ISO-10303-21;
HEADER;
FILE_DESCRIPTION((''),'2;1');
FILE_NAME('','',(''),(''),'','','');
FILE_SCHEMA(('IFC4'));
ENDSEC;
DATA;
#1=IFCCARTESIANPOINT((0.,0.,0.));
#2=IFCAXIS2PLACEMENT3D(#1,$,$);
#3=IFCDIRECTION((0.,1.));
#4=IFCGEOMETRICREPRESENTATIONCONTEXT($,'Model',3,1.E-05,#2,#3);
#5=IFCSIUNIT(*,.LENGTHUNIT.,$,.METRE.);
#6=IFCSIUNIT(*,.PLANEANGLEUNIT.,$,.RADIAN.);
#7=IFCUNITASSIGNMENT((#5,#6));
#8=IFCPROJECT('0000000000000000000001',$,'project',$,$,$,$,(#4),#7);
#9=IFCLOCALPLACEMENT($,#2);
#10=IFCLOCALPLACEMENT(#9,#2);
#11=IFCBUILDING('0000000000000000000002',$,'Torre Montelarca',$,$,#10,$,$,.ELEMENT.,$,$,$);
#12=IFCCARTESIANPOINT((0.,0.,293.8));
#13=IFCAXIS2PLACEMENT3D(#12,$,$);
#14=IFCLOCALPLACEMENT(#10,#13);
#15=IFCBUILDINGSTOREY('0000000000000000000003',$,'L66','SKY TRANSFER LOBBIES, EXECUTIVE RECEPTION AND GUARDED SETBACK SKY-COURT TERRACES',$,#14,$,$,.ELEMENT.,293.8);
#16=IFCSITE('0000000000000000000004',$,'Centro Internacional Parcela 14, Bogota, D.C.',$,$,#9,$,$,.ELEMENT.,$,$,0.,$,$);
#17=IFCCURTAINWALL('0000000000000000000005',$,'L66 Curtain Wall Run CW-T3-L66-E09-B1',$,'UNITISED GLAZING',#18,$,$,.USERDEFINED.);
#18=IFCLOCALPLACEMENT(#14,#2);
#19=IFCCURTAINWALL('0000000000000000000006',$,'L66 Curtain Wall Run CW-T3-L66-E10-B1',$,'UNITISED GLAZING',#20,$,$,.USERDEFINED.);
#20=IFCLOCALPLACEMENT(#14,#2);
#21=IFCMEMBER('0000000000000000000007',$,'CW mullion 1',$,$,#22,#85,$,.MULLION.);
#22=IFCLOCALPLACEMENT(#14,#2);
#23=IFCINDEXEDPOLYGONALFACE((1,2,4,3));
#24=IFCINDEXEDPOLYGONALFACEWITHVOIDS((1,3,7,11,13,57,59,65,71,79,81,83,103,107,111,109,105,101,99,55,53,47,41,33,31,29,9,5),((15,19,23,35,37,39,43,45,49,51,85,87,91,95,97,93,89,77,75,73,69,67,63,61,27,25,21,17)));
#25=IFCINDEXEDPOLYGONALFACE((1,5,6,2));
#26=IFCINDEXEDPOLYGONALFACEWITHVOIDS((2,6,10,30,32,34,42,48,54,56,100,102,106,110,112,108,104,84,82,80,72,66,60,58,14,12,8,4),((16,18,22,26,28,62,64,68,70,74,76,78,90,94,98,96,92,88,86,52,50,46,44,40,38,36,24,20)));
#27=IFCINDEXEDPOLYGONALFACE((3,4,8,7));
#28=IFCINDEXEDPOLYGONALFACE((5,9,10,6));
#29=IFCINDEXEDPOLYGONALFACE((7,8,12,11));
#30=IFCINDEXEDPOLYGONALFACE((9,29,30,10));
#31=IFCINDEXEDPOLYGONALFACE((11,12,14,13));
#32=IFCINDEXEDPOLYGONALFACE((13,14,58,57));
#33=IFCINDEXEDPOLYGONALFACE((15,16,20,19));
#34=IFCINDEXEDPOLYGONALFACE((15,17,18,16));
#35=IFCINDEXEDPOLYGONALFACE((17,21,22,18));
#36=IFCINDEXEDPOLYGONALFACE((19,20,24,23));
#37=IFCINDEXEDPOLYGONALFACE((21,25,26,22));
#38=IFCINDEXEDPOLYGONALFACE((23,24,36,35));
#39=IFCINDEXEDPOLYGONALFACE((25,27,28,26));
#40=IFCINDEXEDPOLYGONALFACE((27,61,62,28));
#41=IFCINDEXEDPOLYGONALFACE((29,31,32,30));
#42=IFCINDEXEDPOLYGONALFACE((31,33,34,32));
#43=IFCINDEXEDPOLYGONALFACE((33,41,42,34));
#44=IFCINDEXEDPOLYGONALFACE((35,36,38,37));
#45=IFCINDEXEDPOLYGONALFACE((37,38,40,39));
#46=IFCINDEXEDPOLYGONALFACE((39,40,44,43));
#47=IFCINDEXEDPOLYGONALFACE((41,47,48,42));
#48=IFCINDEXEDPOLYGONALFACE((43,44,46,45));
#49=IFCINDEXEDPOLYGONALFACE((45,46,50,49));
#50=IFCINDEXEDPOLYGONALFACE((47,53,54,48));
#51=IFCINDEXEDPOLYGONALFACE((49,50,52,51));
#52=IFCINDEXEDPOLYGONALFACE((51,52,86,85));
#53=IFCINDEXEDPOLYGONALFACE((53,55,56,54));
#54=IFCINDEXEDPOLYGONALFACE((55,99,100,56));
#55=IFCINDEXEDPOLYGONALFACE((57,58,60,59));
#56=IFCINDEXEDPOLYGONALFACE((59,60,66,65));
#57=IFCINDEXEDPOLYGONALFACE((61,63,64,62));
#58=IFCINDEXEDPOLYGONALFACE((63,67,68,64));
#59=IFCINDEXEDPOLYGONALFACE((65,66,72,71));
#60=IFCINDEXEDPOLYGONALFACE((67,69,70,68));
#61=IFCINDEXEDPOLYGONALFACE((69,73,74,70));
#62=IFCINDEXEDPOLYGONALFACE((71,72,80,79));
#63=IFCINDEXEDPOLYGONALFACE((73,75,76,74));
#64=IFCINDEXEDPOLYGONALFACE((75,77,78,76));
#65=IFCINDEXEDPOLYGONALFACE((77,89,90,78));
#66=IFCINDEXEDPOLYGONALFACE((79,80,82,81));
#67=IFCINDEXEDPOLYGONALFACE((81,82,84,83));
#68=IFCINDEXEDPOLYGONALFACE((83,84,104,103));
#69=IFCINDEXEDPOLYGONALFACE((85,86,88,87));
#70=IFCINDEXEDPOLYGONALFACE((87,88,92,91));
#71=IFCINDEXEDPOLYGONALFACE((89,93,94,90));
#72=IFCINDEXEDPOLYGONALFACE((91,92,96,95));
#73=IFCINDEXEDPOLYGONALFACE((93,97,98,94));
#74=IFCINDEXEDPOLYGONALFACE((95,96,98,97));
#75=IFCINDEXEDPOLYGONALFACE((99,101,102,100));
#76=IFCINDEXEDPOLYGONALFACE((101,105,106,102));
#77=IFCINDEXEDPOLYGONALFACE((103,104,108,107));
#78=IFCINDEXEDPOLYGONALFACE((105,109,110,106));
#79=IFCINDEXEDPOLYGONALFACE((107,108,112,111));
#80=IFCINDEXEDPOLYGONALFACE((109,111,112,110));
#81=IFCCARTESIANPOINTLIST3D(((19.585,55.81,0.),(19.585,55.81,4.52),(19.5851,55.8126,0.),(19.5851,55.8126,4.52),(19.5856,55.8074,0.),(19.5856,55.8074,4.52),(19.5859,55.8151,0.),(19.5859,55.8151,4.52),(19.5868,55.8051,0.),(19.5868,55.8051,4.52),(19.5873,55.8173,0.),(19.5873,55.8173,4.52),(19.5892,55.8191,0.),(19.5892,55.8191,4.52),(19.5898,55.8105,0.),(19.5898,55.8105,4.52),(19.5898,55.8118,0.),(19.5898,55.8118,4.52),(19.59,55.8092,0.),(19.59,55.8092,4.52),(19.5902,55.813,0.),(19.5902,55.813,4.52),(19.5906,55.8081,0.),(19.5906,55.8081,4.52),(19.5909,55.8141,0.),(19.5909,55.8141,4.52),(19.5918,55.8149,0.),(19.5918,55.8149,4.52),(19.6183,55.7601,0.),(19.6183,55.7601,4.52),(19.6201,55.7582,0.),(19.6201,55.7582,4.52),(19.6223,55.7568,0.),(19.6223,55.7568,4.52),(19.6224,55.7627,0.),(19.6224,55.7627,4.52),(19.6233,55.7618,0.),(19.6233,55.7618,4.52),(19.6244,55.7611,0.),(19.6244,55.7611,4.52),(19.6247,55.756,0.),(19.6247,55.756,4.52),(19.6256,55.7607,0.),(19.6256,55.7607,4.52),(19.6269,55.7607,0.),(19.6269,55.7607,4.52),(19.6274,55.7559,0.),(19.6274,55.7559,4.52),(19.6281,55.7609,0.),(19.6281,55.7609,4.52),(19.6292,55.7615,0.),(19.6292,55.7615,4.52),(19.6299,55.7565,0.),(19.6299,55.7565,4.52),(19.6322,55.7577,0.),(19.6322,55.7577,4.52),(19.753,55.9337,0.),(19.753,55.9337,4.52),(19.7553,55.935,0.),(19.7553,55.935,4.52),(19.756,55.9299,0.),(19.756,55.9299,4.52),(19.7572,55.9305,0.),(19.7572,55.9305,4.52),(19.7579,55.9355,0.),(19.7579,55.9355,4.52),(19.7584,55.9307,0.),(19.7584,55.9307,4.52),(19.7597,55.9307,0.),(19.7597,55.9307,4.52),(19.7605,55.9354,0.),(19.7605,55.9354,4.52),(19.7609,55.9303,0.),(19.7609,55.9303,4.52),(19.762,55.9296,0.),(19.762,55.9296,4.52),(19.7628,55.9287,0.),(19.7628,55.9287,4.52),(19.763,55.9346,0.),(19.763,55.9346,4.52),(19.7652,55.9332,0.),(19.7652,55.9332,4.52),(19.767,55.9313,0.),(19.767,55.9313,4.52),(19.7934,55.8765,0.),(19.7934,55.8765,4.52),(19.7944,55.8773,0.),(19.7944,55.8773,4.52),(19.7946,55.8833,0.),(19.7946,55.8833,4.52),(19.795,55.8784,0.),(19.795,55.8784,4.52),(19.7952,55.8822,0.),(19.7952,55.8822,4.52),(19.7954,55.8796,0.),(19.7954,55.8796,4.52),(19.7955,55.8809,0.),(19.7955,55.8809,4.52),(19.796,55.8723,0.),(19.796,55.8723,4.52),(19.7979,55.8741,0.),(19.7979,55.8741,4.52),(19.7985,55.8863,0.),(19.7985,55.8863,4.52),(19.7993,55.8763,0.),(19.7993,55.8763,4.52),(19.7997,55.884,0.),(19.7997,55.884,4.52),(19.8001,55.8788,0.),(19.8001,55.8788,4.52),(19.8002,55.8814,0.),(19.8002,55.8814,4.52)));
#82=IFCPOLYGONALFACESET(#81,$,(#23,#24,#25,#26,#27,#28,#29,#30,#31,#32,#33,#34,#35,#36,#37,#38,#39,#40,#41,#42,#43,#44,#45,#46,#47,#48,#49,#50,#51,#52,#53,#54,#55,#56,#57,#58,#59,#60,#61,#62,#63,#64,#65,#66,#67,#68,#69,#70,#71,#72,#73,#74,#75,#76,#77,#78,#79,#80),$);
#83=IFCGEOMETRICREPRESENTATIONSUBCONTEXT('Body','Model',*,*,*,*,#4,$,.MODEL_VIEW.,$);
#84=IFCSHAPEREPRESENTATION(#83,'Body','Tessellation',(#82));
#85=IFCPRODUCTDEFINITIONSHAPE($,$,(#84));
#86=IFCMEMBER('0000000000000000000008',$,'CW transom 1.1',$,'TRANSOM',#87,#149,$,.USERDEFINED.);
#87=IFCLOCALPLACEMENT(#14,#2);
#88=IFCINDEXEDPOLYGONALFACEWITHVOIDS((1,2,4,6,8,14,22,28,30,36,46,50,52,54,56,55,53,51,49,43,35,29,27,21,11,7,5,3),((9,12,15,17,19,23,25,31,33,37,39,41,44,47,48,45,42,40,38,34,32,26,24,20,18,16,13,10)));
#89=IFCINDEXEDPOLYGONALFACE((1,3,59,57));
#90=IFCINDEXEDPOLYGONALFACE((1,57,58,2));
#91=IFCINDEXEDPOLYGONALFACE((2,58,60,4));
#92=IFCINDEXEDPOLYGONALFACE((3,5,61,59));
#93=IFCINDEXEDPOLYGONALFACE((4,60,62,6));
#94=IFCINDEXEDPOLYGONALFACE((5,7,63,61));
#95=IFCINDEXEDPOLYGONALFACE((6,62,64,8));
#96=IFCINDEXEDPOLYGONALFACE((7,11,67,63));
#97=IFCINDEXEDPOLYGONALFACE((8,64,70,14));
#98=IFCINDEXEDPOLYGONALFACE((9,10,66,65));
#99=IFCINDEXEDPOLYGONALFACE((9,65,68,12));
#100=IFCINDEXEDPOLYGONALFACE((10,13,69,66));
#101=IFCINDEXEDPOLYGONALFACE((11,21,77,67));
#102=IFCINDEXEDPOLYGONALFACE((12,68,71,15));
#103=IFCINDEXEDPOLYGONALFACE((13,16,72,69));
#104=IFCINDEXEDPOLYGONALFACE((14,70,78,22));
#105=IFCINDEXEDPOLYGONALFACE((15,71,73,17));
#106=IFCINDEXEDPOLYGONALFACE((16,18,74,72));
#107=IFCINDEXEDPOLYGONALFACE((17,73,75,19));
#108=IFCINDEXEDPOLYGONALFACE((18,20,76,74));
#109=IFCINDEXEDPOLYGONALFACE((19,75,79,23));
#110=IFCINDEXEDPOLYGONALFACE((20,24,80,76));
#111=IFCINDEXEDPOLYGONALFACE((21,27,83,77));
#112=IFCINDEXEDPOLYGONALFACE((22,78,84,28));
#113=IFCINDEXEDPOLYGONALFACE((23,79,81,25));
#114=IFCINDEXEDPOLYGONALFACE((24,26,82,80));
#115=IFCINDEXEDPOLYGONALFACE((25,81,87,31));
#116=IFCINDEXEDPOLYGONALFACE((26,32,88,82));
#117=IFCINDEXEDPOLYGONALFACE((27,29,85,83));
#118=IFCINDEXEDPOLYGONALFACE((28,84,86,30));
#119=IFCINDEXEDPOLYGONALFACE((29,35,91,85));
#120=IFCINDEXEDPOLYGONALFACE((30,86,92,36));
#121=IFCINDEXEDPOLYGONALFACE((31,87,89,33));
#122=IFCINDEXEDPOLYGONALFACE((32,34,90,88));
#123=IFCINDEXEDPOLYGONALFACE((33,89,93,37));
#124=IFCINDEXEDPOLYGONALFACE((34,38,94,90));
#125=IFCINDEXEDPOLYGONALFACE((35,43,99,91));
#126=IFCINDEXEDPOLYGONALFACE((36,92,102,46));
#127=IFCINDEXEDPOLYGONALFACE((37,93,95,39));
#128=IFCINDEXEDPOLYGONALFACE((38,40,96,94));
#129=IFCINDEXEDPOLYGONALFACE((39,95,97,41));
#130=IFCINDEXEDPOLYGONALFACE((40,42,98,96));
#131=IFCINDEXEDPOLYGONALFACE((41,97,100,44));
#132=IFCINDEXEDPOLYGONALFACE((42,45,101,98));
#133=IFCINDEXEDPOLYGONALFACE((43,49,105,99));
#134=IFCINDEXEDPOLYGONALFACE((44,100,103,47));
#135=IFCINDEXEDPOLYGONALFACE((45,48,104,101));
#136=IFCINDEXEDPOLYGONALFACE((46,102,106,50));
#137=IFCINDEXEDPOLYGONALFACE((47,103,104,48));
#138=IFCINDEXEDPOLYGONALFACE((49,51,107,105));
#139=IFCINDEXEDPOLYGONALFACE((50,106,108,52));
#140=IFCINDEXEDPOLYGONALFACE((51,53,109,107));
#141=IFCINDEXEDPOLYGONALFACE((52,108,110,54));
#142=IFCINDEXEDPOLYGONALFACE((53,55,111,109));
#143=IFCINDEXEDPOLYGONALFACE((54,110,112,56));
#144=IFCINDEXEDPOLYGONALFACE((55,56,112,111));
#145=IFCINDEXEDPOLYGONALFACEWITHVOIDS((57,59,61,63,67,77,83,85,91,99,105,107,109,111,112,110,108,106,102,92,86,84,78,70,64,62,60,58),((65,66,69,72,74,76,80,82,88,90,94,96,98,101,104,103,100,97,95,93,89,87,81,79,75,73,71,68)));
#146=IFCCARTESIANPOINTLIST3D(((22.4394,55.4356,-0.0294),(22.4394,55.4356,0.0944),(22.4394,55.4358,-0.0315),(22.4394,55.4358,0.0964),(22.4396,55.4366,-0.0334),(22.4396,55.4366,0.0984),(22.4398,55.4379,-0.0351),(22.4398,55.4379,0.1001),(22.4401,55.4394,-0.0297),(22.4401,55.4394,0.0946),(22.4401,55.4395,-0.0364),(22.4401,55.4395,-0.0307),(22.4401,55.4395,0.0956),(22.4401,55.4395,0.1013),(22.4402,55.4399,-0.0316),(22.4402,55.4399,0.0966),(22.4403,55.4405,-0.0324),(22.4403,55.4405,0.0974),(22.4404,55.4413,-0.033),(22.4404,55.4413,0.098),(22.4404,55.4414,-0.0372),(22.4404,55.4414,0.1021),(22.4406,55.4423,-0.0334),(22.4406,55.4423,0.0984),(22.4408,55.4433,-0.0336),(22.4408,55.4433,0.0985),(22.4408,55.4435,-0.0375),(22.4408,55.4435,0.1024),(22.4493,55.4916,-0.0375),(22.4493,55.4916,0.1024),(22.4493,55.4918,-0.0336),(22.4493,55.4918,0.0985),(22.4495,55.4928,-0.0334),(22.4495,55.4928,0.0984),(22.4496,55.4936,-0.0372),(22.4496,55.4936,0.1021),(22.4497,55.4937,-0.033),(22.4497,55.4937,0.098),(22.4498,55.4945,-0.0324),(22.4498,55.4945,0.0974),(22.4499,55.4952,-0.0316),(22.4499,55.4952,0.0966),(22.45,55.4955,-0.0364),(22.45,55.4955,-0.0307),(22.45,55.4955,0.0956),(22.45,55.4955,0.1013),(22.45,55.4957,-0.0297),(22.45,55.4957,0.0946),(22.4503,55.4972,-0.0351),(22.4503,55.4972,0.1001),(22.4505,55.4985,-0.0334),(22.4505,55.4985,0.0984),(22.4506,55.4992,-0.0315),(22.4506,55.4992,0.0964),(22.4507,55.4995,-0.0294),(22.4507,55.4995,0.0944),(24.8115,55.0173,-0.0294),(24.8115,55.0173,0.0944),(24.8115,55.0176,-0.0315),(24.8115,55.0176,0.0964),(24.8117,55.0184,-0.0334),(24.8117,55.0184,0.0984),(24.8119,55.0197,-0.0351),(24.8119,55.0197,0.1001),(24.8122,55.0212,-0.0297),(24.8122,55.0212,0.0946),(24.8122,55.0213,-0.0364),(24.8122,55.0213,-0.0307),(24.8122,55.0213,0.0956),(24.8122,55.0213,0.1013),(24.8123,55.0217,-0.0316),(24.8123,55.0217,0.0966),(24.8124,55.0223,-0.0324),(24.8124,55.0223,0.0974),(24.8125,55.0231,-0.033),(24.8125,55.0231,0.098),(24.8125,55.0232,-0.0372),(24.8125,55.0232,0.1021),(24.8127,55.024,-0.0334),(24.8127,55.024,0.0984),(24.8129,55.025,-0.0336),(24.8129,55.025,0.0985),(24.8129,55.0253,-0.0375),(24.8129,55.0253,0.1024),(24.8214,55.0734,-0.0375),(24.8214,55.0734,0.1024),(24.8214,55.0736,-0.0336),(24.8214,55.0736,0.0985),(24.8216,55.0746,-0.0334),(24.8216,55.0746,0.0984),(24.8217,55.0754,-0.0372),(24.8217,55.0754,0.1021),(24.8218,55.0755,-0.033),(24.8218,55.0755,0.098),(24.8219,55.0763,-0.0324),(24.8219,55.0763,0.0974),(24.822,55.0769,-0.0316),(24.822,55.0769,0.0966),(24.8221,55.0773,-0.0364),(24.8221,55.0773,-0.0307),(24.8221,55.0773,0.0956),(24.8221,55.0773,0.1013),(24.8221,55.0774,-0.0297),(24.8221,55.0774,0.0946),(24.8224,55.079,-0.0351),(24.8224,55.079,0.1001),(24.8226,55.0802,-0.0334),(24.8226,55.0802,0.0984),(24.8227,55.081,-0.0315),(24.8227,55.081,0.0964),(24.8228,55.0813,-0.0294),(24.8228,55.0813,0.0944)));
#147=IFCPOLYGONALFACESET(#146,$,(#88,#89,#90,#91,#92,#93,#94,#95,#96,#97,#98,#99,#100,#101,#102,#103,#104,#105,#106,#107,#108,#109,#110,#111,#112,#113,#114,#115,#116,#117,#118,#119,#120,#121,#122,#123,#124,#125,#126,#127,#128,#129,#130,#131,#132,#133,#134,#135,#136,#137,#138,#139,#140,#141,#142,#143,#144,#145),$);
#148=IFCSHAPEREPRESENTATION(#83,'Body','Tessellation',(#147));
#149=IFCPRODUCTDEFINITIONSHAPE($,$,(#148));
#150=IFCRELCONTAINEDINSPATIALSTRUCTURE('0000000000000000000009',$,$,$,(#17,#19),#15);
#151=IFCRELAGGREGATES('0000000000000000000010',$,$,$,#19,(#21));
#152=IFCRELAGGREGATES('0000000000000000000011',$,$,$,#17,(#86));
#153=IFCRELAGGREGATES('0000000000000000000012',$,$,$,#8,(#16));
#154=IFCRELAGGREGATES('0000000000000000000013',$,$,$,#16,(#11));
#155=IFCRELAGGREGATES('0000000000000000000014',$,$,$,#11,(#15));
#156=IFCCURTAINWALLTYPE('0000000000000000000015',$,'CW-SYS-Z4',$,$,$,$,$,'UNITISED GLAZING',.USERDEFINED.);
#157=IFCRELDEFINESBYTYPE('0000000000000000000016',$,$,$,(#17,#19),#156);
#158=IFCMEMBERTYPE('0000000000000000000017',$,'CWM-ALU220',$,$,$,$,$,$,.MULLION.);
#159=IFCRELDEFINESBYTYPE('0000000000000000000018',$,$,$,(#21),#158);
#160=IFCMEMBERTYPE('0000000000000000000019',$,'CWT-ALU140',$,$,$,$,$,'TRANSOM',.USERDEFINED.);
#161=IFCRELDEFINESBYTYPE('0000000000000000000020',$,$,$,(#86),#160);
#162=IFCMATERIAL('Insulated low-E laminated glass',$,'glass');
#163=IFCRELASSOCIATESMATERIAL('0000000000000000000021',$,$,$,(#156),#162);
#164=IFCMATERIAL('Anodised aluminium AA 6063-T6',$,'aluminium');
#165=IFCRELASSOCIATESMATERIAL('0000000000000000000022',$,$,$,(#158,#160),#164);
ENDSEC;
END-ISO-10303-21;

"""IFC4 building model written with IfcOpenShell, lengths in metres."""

from ifc_helpers import new_model, si_unit, direction, frame, origin, origin_2d, place, context, subcontext, project, spatial, hollow_rectangle, extrude, source, transform, mapped, material, material_profile, profile_set, type_object, element, aggregate, save


model = new_model("IFC4")

# Units and contexts
model_context = context("Model", 3, precision=1e-05, world=origin(), true_north=direction((0.0, 1.0)))
body_context = subcontext(model_context, "Body", "Model", "MODEL_VIEW")
ifc_project = project(units=[si_unit("LENGTHUNIT", "METRE"), si_unit("PLANEANGLEUNIT", "RADIAN")], contexts=[model_context])

# Site, building, storey
site_placement = place(None, origin())
site = spatial("IfcSite", under=ifc_project, at=site_placement, Name="Centro Internacional Parcela 14, Bogota, D.C.", CompositionType="ELEMENT", RefElevation=0.0)
building_placement = place(site_placement, origin())
building = spatial("IfcBuilding", under=site, at=building_placement, Name="Torre Montelarca", CompositionType="ELEMENT")
storey_placement = place(building_placement, frame((0.0, 0.0, 293.8)))
storey = spatial("IfcBuildingStorey", under=building, at=storey_placement, Name="L66", Description="SKY TRANSFER LOBBIES, EXECUTIVE RECEPTION AND GUARDED SETBACK SKY-COURT TERRACES", CompositionType="ELEMENT", Elevation=293.8)

# Curtain wall
ifc_material_1 = material(Name="Insulated low-E laminated glass", Category="glass")
curtain_wall_type = type_object("IfcCurtainWallType", Name="CW-SYS-Z4", ElementType="UNITISED GLAZING", PredefinedType="USERDEFINED", material=ifc_material_1)
ifc_material_2 = material(Name="Anodised aluminium AA 6063-T6", Category="aluminium")
ifc_material_profile_1 = material_profile(ifc_material_2, hollow_rectangle(XDim=0.075, YDim=0.22, WallThickness=0.0049, InnerFilletRadius=0.0049, OuterFilletRadius=0.01, at=origin_2d()), Name="ALU75X220X5", Category="aluminium")
ifc_profile_set_1 = profile_set([ifc_material_profile_1], Name="Anodised aluminium AA 6063-T6")
member_type_1 = type_object("IfcMemberType", Name="CWM-ALU220", PredefinedType="MULLION", material=ifc_profile_set_1)
shared_shape_1 = source(origin(), body_context, "Body", "SweptSolid", [
    extrude(hollow_rectangle(XDim=0.075, YDim=0.22, WallThickness=0.0049, InnerFilletRadius=0.0049, OuterFilletRadius=0.01, at=origin_2d()), origin(), (0.0, 0.0, 1.0), 4.52),
])
curtain_wall_1_placement = place(storey_placement, origin())
curtain_wall_1 = element("IfcCurtainWall", 1, at=curtain_wall_1_placement, inside=storey, type_object=curtain_wall_type, Name="L66 Curtain Wall Run CW-T3-L66-E09-B1", ObjectType="UNITISED GLAZING", PredefinedType="USERDEFINED")

# Curtain wall, member
curtain_wall_2_placement = place(storey_placement, origin())
curtain_wall_2 = element("IfcCurtainWall", 2, at=curtain_wall_2_placement, inside=storey, type_object=curtain_wall_type, Name="L66 Curtain Wall Run CW-T3-L66-E10-B1", ObjectType="UNITISED GLAZING", PredefinedType="USERDEFINED")
member_1_placement = place(storey_placement, frame((19.6926, 55.8457, 0.0), z_axis=(0.0, 0.0, 1.0), x_axis=(0.573572, -0.819155, 0.0)))
member_1 = element("IfcMember", 3, at=member_1_placement, type_object=member_type_1, Name="CW mullion 1", PredefinedType="MULLION", context=body_context, shape_type="MappedRepresentation", body=[
    mapped(shared_shape_1, transform((0.0, 0.0, 0.0), scale=1.0)),
])

# Member
ifc_material_profile_2 = material_profile(ifc_material_2, hollow_rectangle(XDim=0.0649, YDim=0.1399, WallThickness=0.0039, InnerFilletRadius=0.0039, OuterFilletRadius=0.0081, at=origin_2d()), Name="ALU65X140X4", Category="aluminium")
ifc_profile_set_2 = profile_set([ifc_material_profile_2], Name="Anodised aluminium AA 6063-T6")
member_type_2 = type_object("IfcMemberType", Name="CWT-ALU140", ElementType="TRANSOM", PredefinedType="USERDEFINED", material=ifc_profile_set_2)
shared_shape_2 = source(origin(), body_context, "Body", "SweptSolid", [
    extrude(hollow_rectangle(XDim=0.0649, YDim=0.1399, WallThickness=0.0039, InnerFilletRadius=0.0039, OuterFilletRadius=0.0081, at=origin_2d()), origin(), (0.0, 0.0, 1.0), 2.4087),
])
member_2_placement = place(storey_placement, frame((24.8171, 55.0493, 0.0325), z_axis=(-0.984811, 0.173629, 0.0), x_axis=(-0.173629, -0.984811, 0.0)))
member_2 = element("IfcMember", 4, at=member_2_placement, type_object=member_type_2, Name="CW transom 1.1", ObjectType="TRANSOM", PredefinedType="USERDEFINED", context=body_context, shape_type="MappedRepresentation", body=[
    mapped(shared_shape_2, transform((0.0, 0.0, 0.0), scale=1.0)),
])
aggregate(curtain_wall_2, [member_1])

aggregate(curtain_wall_1, [member_2])

save(model, "model.ifc")
